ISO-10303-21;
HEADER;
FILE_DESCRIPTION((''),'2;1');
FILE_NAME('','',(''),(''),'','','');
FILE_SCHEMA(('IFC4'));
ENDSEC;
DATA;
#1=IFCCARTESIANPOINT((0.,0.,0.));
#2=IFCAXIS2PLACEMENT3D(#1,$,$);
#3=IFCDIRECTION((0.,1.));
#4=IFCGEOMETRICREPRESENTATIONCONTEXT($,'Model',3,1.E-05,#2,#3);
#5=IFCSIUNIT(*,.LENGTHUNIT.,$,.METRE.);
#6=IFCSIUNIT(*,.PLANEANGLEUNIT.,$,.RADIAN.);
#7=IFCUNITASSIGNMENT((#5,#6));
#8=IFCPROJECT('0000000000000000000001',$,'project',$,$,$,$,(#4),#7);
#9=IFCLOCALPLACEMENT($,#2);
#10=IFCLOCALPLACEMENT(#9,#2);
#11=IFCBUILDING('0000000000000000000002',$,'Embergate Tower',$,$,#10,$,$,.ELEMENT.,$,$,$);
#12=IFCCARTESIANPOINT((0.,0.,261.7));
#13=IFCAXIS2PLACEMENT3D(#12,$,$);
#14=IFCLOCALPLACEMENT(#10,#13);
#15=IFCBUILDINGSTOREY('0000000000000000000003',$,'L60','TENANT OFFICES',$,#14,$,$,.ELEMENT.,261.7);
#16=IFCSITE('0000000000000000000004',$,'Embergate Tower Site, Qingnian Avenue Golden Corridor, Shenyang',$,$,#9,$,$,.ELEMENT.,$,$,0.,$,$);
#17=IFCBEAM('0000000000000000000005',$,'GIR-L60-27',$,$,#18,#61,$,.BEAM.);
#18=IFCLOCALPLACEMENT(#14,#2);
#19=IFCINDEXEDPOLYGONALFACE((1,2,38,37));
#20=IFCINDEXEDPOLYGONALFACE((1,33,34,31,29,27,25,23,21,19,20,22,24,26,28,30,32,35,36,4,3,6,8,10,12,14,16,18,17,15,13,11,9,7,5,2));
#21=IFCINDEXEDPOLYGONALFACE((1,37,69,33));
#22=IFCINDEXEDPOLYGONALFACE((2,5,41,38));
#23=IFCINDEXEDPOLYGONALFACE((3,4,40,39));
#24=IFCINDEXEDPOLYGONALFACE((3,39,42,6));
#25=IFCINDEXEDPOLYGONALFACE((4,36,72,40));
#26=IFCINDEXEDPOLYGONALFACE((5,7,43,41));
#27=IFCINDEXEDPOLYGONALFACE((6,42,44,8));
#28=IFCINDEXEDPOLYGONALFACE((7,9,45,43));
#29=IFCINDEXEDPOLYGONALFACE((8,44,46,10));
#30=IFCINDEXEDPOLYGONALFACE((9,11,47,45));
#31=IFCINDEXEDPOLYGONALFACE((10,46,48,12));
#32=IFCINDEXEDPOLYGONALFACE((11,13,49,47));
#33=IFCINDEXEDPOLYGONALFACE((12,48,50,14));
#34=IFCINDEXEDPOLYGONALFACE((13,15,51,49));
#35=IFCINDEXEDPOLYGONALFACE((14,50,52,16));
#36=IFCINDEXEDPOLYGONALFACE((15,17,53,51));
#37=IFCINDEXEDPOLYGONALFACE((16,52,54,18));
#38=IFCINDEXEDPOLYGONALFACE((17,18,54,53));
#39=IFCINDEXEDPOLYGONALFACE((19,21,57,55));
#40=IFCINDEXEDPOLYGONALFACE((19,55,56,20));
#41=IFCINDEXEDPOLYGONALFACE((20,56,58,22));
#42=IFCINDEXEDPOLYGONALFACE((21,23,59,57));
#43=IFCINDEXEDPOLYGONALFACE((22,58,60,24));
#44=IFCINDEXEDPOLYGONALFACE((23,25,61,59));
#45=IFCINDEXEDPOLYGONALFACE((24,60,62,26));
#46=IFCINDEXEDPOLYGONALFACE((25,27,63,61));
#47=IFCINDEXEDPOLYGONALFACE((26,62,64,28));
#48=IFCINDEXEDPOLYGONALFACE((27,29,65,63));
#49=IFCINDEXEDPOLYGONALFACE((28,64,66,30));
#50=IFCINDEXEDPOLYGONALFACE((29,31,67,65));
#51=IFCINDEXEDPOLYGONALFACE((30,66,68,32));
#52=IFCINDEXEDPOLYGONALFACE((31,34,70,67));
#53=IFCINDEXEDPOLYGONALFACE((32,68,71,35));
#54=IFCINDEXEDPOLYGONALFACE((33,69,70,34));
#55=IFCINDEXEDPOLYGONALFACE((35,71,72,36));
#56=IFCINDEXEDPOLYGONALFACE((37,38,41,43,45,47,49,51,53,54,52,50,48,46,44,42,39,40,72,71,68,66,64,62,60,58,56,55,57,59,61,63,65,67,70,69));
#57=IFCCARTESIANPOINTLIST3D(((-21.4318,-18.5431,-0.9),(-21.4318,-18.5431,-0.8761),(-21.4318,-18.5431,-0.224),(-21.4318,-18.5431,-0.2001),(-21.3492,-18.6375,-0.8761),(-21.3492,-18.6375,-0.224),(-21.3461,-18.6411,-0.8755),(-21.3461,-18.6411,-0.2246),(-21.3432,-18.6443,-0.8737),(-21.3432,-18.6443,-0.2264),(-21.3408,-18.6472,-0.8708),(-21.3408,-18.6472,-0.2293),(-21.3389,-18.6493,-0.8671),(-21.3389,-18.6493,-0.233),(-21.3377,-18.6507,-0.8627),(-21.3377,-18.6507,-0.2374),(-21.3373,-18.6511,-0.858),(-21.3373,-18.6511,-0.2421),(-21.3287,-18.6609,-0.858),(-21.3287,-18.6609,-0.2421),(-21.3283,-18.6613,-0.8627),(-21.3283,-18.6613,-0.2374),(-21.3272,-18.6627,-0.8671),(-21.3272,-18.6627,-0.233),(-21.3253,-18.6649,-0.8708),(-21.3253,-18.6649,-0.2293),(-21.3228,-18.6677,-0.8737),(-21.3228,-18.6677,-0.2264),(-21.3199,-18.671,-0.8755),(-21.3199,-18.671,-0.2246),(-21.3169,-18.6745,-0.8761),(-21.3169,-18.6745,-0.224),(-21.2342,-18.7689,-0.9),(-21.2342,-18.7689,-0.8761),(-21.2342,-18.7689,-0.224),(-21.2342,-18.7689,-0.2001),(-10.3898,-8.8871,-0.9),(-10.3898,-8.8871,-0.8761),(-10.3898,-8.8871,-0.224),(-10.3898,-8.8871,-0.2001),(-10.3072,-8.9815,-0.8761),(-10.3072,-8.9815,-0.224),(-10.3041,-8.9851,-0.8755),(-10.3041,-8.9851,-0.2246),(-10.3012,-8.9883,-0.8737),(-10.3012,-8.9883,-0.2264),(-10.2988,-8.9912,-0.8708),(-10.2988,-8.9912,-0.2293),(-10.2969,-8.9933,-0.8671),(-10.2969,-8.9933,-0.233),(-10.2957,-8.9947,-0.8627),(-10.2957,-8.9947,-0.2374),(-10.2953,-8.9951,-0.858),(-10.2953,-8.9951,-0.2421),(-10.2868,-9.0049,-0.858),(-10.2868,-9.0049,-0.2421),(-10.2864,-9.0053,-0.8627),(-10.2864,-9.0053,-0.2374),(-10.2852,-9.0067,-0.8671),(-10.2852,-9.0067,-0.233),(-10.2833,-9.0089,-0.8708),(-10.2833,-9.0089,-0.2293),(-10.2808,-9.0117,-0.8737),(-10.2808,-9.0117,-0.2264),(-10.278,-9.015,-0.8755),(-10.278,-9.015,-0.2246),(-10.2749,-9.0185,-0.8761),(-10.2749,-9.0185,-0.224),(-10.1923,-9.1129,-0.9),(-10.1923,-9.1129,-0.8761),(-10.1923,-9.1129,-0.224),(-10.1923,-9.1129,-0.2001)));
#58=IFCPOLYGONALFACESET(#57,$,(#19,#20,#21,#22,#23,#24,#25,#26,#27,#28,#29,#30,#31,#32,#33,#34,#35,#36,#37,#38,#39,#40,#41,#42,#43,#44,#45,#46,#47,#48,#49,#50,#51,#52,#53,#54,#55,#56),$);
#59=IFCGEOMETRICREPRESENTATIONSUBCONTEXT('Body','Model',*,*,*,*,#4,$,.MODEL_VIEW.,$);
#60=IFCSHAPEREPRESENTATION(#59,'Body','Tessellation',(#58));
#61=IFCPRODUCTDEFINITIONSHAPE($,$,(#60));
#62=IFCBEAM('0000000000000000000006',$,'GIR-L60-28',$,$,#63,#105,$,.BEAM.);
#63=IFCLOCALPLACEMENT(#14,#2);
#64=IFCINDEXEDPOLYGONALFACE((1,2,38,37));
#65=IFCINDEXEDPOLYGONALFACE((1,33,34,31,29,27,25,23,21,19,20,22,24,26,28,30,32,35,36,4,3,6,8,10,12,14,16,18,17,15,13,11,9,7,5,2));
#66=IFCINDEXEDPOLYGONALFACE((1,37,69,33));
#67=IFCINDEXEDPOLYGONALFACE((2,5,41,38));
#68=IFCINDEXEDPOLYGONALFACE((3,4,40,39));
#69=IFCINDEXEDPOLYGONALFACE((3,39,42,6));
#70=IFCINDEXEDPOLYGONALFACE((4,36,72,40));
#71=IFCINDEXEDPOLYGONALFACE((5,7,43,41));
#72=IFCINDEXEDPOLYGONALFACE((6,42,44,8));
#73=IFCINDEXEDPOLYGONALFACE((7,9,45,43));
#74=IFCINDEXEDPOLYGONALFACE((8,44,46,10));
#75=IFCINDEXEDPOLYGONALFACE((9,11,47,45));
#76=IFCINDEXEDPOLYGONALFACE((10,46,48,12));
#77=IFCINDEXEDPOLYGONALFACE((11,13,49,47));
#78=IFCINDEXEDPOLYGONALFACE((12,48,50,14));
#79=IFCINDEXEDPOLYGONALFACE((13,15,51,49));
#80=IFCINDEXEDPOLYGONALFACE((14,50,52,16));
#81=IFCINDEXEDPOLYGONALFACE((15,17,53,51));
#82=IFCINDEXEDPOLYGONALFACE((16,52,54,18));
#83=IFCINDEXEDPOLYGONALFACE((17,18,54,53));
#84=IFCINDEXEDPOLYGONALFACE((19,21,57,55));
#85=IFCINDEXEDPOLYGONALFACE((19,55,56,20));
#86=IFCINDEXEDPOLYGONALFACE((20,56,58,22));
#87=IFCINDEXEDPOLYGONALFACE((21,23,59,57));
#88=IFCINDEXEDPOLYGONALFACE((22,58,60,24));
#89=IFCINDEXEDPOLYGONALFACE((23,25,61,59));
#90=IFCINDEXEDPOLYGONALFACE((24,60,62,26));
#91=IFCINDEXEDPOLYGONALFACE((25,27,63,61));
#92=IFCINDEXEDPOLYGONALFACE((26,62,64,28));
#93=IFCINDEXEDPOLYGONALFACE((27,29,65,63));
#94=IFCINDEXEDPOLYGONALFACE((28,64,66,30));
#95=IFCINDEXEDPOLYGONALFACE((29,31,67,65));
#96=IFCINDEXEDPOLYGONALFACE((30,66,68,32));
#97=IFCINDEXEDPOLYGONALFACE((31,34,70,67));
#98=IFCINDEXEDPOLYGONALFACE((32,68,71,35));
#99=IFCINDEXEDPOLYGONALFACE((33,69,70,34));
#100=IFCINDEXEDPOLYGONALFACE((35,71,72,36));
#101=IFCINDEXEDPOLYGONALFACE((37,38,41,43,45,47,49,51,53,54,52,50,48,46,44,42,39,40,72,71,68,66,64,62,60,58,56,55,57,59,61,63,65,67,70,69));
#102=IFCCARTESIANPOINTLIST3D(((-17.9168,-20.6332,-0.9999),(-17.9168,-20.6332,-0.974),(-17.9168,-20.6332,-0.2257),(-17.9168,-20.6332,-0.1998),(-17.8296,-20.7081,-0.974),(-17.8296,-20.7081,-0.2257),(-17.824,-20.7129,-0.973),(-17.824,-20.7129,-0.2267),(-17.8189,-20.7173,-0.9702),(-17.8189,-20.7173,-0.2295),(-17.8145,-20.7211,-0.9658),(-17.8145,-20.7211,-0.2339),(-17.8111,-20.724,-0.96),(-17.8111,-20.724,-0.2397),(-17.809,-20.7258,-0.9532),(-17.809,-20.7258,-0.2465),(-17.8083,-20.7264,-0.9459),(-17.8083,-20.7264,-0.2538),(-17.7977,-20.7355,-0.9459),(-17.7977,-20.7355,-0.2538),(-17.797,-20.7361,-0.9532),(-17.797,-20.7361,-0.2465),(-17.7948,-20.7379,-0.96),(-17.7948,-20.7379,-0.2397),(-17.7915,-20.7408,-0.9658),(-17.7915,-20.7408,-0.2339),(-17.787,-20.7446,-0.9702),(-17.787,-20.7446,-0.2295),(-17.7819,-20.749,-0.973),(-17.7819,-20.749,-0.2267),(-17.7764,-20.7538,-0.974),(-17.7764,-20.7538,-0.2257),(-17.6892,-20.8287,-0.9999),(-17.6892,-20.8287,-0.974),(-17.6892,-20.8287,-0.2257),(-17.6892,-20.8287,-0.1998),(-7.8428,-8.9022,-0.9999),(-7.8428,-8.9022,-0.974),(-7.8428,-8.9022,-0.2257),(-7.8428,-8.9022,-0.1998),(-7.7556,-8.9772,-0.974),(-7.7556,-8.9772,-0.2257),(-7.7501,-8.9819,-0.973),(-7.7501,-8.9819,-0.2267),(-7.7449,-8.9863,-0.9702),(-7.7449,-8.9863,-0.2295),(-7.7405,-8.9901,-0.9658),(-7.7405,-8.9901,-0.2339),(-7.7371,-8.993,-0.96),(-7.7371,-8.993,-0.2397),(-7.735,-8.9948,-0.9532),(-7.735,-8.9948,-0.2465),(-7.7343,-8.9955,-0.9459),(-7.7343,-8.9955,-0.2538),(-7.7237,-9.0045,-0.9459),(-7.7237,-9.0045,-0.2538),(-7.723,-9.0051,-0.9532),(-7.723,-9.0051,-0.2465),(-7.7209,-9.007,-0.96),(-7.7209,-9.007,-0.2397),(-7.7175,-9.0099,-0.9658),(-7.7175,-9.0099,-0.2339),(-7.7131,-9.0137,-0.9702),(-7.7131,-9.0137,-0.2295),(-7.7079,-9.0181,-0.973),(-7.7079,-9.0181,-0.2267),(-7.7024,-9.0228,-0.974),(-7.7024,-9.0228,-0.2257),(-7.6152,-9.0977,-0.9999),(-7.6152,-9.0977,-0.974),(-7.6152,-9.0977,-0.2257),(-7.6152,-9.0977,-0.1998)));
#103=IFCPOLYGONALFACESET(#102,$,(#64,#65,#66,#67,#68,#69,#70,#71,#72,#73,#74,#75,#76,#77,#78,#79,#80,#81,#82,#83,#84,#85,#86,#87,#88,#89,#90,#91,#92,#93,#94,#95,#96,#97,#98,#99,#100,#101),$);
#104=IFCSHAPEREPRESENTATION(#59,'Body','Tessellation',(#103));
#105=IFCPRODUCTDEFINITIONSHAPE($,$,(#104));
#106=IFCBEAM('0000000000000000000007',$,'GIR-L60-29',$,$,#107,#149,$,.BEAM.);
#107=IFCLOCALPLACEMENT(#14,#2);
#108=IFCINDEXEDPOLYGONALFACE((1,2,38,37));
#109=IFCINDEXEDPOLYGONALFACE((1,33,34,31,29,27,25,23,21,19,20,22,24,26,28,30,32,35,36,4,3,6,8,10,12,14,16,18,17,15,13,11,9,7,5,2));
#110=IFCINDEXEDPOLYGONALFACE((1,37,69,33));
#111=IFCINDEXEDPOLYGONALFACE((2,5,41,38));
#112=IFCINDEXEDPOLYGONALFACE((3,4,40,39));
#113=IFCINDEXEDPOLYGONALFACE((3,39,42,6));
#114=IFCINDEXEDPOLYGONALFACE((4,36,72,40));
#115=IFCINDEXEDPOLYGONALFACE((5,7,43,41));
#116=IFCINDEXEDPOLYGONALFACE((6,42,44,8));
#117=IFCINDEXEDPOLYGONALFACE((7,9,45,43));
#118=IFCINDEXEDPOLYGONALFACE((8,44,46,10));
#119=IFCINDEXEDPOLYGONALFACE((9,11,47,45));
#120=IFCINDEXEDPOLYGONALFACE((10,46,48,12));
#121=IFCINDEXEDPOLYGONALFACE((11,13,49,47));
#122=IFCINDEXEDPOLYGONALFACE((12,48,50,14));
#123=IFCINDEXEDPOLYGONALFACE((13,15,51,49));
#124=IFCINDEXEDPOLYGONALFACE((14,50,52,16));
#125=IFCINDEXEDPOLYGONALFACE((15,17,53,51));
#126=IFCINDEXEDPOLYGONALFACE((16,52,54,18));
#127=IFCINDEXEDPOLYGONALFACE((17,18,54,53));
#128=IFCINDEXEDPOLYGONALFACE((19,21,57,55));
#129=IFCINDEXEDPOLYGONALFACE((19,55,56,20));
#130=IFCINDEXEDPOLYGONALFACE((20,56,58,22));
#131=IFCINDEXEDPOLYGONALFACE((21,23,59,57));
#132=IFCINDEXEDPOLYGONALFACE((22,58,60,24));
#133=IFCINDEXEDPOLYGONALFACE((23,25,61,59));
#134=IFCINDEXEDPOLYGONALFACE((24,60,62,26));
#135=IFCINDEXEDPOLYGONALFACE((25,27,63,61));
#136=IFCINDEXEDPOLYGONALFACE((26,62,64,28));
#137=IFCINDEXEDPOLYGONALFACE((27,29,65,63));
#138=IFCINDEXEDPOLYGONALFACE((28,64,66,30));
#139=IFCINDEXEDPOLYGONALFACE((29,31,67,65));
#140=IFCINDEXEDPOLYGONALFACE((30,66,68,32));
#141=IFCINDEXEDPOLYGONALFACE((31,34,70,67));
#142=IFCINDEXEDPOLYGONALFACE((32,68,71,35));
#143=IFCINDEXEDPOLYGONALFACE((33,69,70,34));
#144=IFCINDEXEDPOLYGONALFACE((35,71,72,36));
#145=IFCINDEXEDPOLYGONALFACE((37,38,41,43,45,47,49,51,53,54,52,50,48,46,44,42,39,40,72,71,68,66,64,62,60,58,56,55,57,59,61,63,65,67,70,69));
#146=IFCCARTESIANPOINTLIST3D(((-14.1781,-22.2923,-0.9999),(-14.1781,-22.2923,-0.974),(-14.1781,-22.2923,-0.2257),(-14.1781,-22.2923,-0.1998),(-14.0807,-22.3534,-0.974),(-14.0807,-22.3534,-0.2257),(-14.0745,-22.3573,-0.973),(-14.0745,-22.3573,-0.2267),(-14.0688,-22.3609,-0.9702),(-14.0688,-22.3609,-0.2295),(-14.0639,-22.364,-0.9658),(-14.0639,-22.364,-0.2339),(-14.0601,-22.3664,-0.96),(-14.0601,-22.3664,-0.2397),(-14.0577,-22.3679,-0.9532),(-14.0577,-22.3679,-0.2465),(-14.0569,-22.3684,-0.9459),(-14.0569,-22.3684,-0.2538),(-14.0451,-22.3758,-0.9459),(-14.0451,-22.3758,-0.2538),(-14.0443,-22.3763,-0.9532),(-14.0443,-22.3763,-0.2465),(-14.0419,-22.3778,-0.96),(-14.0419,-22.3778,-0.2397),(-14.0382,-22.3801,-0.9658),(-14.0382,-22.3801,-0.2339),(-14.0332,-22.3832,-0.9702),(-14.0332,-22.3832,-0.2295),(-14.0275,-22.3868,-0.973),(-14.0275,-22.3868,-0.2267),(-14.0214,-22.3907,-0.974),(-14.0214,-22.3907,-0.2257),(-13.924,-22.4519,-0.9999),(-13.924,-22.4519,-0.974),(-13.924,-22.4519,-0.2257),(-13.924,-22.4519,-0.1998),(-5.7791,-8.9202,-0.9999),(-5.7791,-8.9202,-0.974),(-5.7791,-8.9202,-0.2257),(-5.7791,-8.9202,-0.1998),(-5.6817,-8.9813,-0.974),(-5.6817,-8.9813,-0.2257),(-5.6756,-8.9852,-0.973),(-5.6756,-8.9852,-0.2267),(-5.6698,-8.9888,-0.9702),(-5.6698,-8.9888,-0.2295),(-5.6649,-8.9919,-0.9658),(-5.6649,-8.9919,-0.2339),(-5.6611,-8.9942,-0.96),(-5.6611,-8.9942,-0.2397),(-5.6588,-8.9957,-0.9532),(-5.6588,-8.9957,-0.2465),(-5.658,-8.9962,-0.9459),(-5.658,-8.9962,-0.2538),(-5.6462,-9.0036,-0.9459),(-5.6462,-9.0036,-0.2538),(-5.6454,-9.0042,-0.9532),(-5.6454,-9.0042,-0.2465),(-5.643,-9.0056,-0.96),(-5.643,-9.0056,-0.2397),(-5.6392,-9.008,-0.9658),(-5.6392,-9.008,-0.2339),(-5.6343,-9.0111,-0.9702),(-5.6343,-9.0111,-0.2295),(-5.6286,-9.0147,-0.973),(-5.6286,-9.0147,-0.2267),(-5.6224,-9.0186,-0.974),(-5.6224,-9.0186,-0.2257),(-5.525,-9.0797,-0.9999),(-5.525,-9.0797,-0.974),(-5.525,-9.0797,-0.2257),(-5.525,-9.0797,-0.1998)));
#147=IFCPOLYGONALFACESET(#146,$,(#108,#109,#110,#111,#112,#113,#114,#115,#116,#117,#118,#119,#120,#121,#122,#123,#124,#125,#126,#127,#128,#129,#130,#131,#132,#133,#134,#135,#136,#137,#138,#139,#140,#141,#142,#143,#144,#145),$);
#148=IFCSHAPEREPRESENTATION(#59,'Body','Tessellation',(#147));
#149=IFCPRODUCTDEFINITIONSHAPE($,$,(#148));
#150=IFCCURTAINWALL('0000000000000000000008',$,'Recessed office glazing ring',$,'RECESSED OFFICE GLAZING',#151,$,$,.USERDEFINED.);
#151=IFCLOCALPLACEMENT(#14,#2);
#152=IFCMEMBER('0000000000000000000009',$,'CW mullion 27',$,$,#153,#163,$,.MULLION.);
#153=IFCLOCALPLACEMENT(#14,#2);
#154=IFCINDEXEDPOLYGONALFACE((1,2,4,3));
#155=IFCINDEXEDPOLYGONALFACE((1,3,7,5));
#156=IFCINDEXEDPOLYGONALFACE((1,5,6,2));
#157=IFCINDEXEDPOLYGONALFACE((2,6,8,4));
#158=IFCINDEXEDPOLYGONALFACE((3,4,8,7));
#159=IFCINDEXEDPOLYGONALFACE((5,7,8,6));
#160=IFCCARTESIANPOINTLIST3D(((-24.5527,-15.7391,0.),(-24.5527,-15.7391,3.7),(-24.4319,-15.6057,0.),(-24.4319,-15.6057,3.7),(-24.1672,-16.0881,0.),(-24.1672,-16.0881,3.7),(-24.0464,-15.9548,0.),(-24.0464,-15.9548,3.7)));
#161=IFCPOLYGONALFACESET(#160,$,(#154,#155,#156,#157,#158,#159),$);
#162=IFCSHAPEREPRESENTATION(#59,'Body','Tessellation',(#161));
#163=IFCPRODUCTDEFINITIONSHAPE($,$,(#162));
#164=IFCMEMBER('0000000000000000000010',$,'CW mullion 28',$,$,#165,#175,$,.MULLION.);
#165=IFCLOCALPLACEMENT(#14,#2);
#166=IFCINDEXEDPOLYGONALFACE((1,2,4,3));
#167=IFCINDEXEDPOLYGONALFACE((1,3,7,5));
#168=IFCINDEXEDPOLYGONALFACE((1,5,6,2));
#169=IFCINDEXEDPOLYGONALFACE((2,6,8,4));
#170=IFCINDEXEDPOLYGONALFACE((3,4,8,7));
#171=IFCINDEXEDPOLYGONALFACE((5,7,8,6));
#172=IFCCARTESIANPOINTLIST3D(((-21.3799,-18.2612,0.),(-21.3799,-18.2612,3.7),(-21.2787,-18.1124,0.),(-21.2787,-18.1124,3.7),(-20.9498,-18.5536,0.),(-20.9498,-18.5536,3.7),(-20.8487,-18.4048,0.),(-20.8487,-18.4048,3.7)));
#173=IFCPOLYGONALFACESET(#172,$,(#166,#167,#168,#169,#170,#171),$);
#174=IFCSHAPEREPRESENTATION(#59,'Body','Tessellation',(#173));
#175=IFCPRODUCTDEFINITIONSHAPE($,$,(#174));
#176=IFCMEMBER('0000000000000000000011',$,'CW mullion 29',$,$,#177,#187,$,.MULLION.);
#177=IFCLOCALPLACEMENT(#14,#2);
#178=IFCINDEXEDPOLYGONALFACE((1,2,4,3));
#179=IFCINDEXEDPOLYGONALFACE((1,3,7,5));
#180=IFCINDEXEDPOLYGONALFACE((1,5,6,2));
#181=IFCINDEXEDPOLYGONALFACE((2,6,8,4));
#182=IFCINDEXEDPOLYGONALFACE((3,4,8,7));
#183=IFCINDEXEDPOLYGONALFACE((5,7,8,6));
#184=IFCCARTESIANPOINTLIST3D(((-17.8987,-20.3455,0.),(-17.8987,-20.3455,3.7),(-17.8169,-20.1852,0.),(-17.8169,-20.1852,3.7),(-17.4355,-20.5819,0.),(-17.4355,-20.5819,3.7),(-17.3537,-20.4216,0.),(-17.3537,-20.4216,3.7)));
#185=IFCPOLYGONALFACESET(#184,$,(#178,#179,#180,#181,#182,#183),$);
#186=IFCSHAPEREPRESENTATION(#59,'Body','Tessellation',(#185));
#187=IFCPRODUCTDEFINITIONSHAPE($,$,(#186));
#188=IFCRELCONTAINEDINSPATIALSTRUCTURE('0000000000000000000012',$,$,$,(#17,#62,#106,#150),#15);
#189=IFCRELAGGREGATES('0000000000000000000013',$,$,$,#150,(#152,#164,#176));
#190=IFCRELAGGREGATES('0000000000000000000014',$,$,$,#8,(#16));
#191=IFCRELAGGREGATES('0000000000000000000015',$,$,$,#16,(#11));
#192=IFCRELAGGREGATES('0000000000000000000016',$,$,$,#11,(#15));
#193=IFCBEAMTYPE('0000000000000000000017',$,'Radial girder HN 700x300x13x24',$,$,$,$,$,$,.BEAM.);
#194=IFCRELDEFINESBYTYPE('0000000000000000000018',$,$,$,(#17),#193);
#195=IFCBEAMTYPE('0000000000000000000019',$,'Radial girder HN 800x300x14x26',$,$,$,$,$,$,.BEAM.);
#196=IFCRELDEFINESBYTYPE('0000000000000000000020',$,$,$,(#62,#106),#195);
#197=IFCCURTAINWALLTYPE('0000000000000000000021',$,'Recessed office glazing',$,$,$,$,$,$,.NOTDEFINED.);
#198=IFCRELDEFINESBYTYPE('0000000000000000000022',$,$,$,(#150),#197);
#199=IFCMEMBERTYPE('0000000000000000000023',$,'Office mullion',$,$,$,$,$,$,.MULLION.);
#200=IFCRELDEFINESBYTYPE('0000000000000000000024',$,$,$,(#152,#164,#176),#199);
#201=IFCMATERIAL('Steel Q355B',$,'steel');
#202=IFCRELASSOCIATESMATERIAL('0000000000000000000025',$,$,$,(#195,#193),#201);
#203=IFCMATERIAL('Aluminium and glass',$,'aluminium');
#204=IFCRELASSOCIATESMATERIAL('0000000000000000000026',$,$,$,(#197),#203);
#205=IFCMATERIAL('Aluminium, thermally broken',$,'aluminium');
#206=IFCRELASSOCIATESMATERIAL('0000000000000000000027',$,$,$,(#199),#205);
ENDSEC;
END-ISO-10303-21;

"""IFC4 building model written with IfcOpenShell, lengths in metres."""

from ifc_helpers import new_model, si_unit, direction, frame, origin, origin_2d, place, context, subcontext, project, spatial, rectangle, i_section, extrude, source, transform, mapped, material, material_profile, profile_set, type_object, element, aggregate, save


model = new_model("IFC4")

# Units and contexts
model_context = context("Model", 3, precision=1e-05, world=origin(), true_north=direction((0.0, 1.0)))
body_context = subcontext(model_context, "Body", "Model", "MODEL_VIEW")
ifc_project = project(units=[si_unit("LENGTHUNIT", "METRE"), si_unit("PLANEANGLEUNIT", "RADIAN")], contexts=[model_context])

# Site, building, storey
site_placement = place(None, origin())
site = spatial("IfcSite", under=ifc_project, at=site_placement, Name="Embergate Tower Site, Qingnian Avenue Golden Corridor, Shenyang", CompositionType="ELEMENT", RefElevation=0.0)
building_placement = place(site_placement, origin())
building = spatial("IfcBuilding", under=site, at=building_placement, Name="Embergate Tower", CompositionType="ELEMENT")
storey_placement = place(building_placement, frame((0.0, 0.0, 261.7)))
storey = spatial("IfcBuildingStorey", under=building, at=storey_placement, Name="L60", Description="TENANT OFFICES", CompositionType="ELEMENT", Elevation=261.7)

# Beams
ifc_material_1 = material(Name="Steel Q355B", Category="steel")
ifc_material_profile_1 = material_profile(ifc_material_1, i_section(OverallWidth=0.3, OverallDepth=0.8, WebThickness=0.0139, FlangeThickness=0.0259, FilletRadius=0.0281, at=origin_2d()), Name="HN 800x300x14x26")
ifc_profile_set_1 = profile_set([ifc_material_profile_1], Name="Steel Q355 grade B")
beam_type_1 = type_object("IfcBeamType", Name="Radial girder HN 800x300x14x26", PredefinedType="BEAM", material=ifc_profile_set_1)
ifc_material_profile_2 = material_profile(ifc_material_1, i_section(OverallWidth=0.3, OverallDepth=0.7, WebThickness=0.0129, FlangeThickness=0.0239, FilletRadius=0.0181, at=origin_2d()), Name="HN 700x300x13x24")
ifc_profile_set_2 = profile_set([ifc_material_profile_2], Name="Steel Q355 grade B")
beam_type_2 = type_object("IfcBeamType", Name="Radial girder HN 700x300x13x24", PredefinedType="BEAM", material=ifc_profile_set_2)
shared_shape_1 = source(origin(), body_context, "Body", "SweptSolid", [
    extrude(i_section(OverallWidth=0.3, OverallDepth=0.7, WebThickness=0.0129, FlangeThickness=0.0239, FilletRadius=0.0181, at=origin_2d()), origin(), (0.0, 0.0, 1.0), 14.6685),
])
beam_1_placement = place(storey_placement, frame((-21.333, -18.656, -0.55), z_axis=(0.75277, 0.658283, 0.0), x_axis=(-0.658283, 0.75277, 0.0)))
element("IfcBeam", 1, at=beam_1_placement, inside=storey, type_object=beam_type_2, Name="GIR-L60-27", PredefinedType="BEAM", context=body_context, shape_type="MappedRepresentation", body=[
    mapped(shared_shape_1, transform((0.0, 0.0, 0.0))),
])
shared_shape_2 = source(origin(), body_context, "Body", "SweptSolid", [
    extrude(i_section(OverallWidth=0.3, OverallDepth=0.8, WebThickness=0.0139, FlangeThickness=0.0259, FilletRadius=0.0281, at=origin_2d()), origin(), (0.0, 0.0, 1.0), 15.4629),
])
beam_2_placement = place(storey_placement, frame((-17.803, -20.731, -0.5999), z_axis=(0.651495, 0.758653, 0.0), x_axis=(-0.758653, 0.651495, 0.0)))
element("IfcBeam", 2, at=beam_2_placement, inside=storey, type_object=beam_type_1, Name="GIR-L60-28", PredefinedType="BEAM", context=body_context, shape_type="MappedRepresentation", body=[
    mapped(shared_shape_2, transform((0.0, 0.0, 0.0))),
])
shared_shape_3 = source(origin(), body_context, "Body", "SweptSolid", [
    extrude(i_section(OverallWidth=0.3, OverallDepth=0.8, WebThickness=0.0139, FlangeThickness=0.0259, FilletRadius=0.0281, at=origin_2d()), origin(), (0.0, 0.0, 1.0), 15.791),
])
beam_3_placement = place(storey_placement, frame((-14.051, -22.3721, -0.5999), z_axis=(0.531882, 0.846818, 0.0), x_axis=(-0.846818, 0.531882, 0.0)))
element("IfcBeam", 3, at=beam_3_placement, inside=storey, type_object=beam_type_1, Name="GIR-L60-29", PredefinedType="BEAM", context=body_context, shape_type="MappedRepresentation", body=[
    mapped(shared_shape_3, transform((0.0, 0.0, 0.0))),
])

# Curtain wall, members
ifc_material_2 = material(Name="Aluminium and glass", Category="aluminium")
curtain_wall_type = type_object("IfcCurtainWallType", Name="Recessed office glazing", PredefinedType="NOTDEFINED", material=ifc_material_2)
curtain_wall_placement = place(storey_placement, origin())
curtain_wall = element("IfcCurtainWall", 4, at=curtain_wall_placement, inside=storey, type_object=curtain_wall_type, Name="Recessed office glazing ring", ObjectType="RECESSED OFFICE GLAZING", PredefinedType="USERDEFINED")
ifc_material_3 = material(Name="Aluminium, thermally broken", Category="aluminium")
ifc_material_profile_3 = material_profile(ifc_material_3, rectangle(XDim=0.1799, YDim=0.52, at=origin_2d()), Name="AL 520x180")
ifc_profile_set_3 = profile_set([ifc_material_profile_3], Name="Aluminium, thermally broken")
member_type_1 = type_object("IfcMemberType", Name="Office mullion", PredefinedType="MULLION", material=ifc_profile_set_3)
shared_shape_4 = source(origin(), body_context, "Body", "SweptSolid", [
    extrude(rectangle(XDim=0.1799, YDim=0.52, at=origin_2d()), origin(), (0.0, 0.0, 1.0), 3.7),
])
member_1_placement = place(storey_placement, frame((-24.2996, -15.8469, 0.0), z_axis=(0.0, 0.0, 1.0), x_axis=(0.671217, 0.74126, 0.0)))
member_1 = element("IfcMember", 5, at=member_1_placement, type_object=member_type_1, Name="CW mullion 27", PredefinedType="MULLION", context=body_context, shape_type="MappedRepresentation", body=[
    mapped(shared_shape_4, transform((0.0, 0.0, 0.0))),
])
member_2_placement = place(storey_placement, frame((-21.1143, -18.333, 0.0), z_axis=(0.0, 0.0, 1.0), x_axis=(0.562209, 0.826995, 0.0)))
member_2 = element("IfcMember", 6, at=member_2_placement, type_object=member_type_1, Name="CW mullion 28", PredefinedType="MULLION", context=body_context, shape_type="MappedRepresentation", body=[
    mapped(shared_shape_4, transform((0.0, 0.0, 0.0))),
])
member_3_placement = place(storey_placement, frame((-17.6262, -20.3835, 0.0), z_axis=(0.0, 0.0, 1.0), x_axis=(0.454505, 0.890744, 0.0)))
member_3 = element("IfcMember", 7, at=member_3_placement, type_object=member_type_1, Name="CW mullion 29", PredefinedType="MULLION", context=body_context, shape_type="MappedRepresentation", body=[
    mapped(shared_shape_4, transform((0.0, 0.0, 0.0))),
])
aggregate(curtain_wall, [member_1, member_2, member_3])

save(model, "model.ifc")
